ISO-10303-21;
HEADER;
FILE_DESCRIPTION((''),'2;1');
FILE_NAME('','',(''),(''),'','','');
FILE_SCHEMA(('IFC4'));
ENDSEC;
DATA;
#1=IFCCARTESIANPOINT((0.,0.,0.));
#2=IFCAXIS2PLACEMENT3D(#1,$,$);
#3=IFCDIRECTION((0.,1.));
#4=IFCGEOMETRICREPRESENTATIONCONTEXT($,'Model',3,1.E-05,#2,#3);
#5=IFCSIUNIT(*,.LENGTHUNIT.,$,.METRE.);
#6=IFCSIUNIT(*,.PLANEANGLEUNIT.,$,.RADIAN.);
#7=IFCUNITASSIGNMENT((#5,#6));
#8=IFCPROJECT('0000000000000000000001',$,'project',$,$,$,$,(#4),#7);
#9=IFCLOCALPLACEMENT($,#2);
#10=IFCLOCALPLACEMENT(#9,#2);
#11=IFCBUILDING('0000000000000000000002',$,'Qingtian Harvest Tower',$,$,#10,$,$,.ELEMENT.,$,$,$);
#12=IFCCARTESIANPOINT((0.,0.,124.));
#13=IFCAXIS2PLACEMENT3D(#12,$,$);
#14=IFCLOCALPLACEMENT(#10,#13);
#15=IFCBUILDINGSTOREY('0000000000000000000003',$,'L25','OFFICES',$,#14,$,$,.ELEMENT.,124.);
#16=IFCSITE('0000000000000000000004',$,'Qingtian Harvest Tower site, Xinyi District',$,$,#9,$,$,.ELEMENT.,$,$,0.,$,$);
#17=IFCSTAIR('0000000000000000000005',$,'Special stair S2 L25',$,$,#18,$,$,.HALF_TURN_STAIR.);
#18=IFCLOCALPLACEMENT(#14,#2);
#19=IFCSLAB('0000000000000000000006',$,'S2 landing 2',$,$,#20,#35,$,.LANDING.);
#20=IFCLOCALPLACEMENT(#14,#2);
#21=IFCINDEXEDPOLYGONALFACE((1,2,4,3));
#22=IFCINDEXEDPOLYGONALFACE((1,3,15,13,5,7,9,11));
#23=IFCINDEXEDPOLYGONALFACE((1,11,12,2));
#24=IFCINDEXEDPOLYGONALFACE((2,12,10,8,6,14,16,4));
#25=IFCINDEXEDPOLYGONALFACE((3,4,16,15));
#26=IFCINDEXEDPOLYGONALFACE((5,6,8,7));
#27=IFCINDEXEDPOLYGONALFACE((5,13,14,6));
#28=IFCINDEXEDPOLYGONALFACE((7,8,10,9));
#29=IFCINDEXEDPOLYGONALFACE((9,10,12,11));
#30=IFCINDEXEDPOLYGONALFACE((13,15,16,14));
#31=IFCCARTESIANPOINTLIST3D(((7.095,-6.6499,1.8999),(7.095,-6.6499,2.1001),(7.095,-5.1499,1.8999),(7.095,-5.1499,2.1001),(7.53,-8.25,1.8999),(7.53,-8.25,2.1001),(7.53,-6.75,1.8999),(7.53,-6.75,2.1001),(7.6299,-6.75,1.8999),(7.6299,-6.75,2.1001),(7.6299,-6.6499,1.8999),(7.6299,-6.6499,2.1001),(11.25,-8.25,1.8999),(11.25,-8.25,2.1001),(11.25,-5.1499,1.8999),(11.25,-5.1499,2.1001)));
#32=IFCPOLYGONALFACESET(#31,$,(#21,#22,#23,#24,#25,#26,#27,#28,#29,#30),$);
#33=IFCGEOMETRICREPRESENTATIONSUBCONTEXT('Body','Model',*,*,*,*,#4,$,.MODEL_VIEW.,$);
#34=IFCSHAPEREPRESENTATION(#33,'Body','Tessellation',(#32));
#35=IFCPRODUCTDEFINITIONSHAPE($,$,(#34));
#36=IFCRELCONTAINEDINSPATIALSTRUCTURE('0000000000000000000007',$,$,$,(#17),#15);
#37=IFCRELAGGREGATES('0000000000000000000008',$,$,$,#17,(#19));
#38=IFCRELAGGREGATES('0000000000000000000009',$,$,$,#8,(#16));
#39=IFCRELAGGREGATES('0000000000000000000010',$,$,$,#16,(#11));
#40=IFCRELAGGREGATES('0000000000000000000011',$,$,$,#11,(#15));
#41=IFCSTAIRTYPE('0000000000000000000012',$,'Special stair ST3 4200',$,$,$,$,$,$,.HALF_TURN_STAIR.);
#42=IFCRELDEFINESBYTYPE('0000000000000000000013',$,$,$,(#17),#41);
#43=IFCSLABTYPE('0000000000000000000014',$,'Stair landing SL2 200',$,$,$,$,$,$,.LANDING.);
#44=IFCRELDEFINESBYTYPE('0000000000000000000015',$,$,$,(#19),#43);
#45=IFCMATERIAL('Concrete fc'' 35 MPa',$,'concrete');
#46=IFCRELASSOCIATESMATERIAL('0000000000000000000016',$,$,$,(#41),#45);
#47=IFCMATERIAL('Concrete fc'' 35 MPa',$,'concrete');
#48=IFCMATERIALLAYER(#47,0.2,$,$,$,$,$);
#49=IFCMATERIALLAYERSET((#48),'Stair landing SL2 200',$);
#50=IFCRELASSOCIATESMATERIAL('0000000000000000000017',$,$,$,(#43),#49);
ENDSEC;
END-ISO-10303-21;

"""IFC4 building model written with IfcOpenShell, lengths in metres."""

from ifc_helpers import new_model, si_unit, direction, frame, origin, place, context, subcontext, project, spatial, polyline, outline, extrude, material, layer, layer_set, type_object, element, aggregate, save


model = new_model("IFC4")

# Units and contexts
model_context = context("Model", 3, precision=1e-05, world=origin(), true_north=direction((0.0, 1.0)))
body_context = subcontext(model_context, "Body", "Model", "MODEL_VIEW")
ifc_project = project(units=[si_unit("LENGTHUNIT", "METRE"), si_unit("PLANEANGLEUNIT", "RADIAN")], contexts=[model_context])

# Site, building, storey
site_placement = place(None, origin())
site = spatial("IfcSite", under=ifc_project, at=site_placement, Name="Qingtian Harvest Tower site, Xinyi District", CompositionType="ELEMENT", RefElevation=0.0)
building_placement = place(site_placement, origin())
building = spatial("IfcBuilding", under=site, at=building_placement, Name="Qingtian Harvest Tower", CompositionType="ELEMENT")
storey_placement = place(building_placement, frame((0.0, 0.0, 124.0)))
storey = spatial("IfcBuildingStorey", under=building, at=storey_placement, Name="L25", Description="OFFICES", CompositionType="ELEMENT", Elevation=124.0)

# Stair, slab
ifc_material_1 = material(Name="Concrete fc' 35 MPa", Category="concrete")
stair_type = type_object("IfcStairType", Name="Special stair ST3 4200", PredefinedType="HALF_TURN_STAIR", material=ifc_material_1)
stair_placement = place(storey_placement, origin())
stair = element("IfcStair", 1, at=stair_placement, inside=storey, type_object=stair_type, Name="Special stair S2 L25", PredefinedType="HALF_TURN_STAIR")
ifc_material_2 = material(Name="Concrete fc' 35 MPa", Category="concrete")
ifc_layer_1 = layer(ifc_material_2, 0.2)
ifc_layer_set_1 = layer_set([ifc_layer_1], Name="Stair landing SL2 200")
slab_type_1 = type_object("IfcSlabType", Name="Stair landing SL2 200", PredefinedType="LANDING", material=ifc_layer_set_1)
slab_1_placement = place(storey_placement, frame((0.0, 0.0, 1.8999)))
slab_1 = element("IfcSlab", 2, at=slab_1_placement, type_object=slab_type_1, Name="S2 landing 2", PredefinedType="LANDING", context=body_context, shape_type="SweptSolid", body=[
    extrude(outline(polyline([(7.53, -8.25), (7.53, -6.75), (7.6299, -6.75), (7.6299, -6.6499), (7.095, -6.6499), (7.095, -5.1499), (11.25, -5.1499), (11.25, -8.25), (7.53, -8.25)])), origin(), (0.0, 0.0, 1.0), 0.2002),
])
aggregate(stair, [slab_1])

save(model, "model.ifc")
